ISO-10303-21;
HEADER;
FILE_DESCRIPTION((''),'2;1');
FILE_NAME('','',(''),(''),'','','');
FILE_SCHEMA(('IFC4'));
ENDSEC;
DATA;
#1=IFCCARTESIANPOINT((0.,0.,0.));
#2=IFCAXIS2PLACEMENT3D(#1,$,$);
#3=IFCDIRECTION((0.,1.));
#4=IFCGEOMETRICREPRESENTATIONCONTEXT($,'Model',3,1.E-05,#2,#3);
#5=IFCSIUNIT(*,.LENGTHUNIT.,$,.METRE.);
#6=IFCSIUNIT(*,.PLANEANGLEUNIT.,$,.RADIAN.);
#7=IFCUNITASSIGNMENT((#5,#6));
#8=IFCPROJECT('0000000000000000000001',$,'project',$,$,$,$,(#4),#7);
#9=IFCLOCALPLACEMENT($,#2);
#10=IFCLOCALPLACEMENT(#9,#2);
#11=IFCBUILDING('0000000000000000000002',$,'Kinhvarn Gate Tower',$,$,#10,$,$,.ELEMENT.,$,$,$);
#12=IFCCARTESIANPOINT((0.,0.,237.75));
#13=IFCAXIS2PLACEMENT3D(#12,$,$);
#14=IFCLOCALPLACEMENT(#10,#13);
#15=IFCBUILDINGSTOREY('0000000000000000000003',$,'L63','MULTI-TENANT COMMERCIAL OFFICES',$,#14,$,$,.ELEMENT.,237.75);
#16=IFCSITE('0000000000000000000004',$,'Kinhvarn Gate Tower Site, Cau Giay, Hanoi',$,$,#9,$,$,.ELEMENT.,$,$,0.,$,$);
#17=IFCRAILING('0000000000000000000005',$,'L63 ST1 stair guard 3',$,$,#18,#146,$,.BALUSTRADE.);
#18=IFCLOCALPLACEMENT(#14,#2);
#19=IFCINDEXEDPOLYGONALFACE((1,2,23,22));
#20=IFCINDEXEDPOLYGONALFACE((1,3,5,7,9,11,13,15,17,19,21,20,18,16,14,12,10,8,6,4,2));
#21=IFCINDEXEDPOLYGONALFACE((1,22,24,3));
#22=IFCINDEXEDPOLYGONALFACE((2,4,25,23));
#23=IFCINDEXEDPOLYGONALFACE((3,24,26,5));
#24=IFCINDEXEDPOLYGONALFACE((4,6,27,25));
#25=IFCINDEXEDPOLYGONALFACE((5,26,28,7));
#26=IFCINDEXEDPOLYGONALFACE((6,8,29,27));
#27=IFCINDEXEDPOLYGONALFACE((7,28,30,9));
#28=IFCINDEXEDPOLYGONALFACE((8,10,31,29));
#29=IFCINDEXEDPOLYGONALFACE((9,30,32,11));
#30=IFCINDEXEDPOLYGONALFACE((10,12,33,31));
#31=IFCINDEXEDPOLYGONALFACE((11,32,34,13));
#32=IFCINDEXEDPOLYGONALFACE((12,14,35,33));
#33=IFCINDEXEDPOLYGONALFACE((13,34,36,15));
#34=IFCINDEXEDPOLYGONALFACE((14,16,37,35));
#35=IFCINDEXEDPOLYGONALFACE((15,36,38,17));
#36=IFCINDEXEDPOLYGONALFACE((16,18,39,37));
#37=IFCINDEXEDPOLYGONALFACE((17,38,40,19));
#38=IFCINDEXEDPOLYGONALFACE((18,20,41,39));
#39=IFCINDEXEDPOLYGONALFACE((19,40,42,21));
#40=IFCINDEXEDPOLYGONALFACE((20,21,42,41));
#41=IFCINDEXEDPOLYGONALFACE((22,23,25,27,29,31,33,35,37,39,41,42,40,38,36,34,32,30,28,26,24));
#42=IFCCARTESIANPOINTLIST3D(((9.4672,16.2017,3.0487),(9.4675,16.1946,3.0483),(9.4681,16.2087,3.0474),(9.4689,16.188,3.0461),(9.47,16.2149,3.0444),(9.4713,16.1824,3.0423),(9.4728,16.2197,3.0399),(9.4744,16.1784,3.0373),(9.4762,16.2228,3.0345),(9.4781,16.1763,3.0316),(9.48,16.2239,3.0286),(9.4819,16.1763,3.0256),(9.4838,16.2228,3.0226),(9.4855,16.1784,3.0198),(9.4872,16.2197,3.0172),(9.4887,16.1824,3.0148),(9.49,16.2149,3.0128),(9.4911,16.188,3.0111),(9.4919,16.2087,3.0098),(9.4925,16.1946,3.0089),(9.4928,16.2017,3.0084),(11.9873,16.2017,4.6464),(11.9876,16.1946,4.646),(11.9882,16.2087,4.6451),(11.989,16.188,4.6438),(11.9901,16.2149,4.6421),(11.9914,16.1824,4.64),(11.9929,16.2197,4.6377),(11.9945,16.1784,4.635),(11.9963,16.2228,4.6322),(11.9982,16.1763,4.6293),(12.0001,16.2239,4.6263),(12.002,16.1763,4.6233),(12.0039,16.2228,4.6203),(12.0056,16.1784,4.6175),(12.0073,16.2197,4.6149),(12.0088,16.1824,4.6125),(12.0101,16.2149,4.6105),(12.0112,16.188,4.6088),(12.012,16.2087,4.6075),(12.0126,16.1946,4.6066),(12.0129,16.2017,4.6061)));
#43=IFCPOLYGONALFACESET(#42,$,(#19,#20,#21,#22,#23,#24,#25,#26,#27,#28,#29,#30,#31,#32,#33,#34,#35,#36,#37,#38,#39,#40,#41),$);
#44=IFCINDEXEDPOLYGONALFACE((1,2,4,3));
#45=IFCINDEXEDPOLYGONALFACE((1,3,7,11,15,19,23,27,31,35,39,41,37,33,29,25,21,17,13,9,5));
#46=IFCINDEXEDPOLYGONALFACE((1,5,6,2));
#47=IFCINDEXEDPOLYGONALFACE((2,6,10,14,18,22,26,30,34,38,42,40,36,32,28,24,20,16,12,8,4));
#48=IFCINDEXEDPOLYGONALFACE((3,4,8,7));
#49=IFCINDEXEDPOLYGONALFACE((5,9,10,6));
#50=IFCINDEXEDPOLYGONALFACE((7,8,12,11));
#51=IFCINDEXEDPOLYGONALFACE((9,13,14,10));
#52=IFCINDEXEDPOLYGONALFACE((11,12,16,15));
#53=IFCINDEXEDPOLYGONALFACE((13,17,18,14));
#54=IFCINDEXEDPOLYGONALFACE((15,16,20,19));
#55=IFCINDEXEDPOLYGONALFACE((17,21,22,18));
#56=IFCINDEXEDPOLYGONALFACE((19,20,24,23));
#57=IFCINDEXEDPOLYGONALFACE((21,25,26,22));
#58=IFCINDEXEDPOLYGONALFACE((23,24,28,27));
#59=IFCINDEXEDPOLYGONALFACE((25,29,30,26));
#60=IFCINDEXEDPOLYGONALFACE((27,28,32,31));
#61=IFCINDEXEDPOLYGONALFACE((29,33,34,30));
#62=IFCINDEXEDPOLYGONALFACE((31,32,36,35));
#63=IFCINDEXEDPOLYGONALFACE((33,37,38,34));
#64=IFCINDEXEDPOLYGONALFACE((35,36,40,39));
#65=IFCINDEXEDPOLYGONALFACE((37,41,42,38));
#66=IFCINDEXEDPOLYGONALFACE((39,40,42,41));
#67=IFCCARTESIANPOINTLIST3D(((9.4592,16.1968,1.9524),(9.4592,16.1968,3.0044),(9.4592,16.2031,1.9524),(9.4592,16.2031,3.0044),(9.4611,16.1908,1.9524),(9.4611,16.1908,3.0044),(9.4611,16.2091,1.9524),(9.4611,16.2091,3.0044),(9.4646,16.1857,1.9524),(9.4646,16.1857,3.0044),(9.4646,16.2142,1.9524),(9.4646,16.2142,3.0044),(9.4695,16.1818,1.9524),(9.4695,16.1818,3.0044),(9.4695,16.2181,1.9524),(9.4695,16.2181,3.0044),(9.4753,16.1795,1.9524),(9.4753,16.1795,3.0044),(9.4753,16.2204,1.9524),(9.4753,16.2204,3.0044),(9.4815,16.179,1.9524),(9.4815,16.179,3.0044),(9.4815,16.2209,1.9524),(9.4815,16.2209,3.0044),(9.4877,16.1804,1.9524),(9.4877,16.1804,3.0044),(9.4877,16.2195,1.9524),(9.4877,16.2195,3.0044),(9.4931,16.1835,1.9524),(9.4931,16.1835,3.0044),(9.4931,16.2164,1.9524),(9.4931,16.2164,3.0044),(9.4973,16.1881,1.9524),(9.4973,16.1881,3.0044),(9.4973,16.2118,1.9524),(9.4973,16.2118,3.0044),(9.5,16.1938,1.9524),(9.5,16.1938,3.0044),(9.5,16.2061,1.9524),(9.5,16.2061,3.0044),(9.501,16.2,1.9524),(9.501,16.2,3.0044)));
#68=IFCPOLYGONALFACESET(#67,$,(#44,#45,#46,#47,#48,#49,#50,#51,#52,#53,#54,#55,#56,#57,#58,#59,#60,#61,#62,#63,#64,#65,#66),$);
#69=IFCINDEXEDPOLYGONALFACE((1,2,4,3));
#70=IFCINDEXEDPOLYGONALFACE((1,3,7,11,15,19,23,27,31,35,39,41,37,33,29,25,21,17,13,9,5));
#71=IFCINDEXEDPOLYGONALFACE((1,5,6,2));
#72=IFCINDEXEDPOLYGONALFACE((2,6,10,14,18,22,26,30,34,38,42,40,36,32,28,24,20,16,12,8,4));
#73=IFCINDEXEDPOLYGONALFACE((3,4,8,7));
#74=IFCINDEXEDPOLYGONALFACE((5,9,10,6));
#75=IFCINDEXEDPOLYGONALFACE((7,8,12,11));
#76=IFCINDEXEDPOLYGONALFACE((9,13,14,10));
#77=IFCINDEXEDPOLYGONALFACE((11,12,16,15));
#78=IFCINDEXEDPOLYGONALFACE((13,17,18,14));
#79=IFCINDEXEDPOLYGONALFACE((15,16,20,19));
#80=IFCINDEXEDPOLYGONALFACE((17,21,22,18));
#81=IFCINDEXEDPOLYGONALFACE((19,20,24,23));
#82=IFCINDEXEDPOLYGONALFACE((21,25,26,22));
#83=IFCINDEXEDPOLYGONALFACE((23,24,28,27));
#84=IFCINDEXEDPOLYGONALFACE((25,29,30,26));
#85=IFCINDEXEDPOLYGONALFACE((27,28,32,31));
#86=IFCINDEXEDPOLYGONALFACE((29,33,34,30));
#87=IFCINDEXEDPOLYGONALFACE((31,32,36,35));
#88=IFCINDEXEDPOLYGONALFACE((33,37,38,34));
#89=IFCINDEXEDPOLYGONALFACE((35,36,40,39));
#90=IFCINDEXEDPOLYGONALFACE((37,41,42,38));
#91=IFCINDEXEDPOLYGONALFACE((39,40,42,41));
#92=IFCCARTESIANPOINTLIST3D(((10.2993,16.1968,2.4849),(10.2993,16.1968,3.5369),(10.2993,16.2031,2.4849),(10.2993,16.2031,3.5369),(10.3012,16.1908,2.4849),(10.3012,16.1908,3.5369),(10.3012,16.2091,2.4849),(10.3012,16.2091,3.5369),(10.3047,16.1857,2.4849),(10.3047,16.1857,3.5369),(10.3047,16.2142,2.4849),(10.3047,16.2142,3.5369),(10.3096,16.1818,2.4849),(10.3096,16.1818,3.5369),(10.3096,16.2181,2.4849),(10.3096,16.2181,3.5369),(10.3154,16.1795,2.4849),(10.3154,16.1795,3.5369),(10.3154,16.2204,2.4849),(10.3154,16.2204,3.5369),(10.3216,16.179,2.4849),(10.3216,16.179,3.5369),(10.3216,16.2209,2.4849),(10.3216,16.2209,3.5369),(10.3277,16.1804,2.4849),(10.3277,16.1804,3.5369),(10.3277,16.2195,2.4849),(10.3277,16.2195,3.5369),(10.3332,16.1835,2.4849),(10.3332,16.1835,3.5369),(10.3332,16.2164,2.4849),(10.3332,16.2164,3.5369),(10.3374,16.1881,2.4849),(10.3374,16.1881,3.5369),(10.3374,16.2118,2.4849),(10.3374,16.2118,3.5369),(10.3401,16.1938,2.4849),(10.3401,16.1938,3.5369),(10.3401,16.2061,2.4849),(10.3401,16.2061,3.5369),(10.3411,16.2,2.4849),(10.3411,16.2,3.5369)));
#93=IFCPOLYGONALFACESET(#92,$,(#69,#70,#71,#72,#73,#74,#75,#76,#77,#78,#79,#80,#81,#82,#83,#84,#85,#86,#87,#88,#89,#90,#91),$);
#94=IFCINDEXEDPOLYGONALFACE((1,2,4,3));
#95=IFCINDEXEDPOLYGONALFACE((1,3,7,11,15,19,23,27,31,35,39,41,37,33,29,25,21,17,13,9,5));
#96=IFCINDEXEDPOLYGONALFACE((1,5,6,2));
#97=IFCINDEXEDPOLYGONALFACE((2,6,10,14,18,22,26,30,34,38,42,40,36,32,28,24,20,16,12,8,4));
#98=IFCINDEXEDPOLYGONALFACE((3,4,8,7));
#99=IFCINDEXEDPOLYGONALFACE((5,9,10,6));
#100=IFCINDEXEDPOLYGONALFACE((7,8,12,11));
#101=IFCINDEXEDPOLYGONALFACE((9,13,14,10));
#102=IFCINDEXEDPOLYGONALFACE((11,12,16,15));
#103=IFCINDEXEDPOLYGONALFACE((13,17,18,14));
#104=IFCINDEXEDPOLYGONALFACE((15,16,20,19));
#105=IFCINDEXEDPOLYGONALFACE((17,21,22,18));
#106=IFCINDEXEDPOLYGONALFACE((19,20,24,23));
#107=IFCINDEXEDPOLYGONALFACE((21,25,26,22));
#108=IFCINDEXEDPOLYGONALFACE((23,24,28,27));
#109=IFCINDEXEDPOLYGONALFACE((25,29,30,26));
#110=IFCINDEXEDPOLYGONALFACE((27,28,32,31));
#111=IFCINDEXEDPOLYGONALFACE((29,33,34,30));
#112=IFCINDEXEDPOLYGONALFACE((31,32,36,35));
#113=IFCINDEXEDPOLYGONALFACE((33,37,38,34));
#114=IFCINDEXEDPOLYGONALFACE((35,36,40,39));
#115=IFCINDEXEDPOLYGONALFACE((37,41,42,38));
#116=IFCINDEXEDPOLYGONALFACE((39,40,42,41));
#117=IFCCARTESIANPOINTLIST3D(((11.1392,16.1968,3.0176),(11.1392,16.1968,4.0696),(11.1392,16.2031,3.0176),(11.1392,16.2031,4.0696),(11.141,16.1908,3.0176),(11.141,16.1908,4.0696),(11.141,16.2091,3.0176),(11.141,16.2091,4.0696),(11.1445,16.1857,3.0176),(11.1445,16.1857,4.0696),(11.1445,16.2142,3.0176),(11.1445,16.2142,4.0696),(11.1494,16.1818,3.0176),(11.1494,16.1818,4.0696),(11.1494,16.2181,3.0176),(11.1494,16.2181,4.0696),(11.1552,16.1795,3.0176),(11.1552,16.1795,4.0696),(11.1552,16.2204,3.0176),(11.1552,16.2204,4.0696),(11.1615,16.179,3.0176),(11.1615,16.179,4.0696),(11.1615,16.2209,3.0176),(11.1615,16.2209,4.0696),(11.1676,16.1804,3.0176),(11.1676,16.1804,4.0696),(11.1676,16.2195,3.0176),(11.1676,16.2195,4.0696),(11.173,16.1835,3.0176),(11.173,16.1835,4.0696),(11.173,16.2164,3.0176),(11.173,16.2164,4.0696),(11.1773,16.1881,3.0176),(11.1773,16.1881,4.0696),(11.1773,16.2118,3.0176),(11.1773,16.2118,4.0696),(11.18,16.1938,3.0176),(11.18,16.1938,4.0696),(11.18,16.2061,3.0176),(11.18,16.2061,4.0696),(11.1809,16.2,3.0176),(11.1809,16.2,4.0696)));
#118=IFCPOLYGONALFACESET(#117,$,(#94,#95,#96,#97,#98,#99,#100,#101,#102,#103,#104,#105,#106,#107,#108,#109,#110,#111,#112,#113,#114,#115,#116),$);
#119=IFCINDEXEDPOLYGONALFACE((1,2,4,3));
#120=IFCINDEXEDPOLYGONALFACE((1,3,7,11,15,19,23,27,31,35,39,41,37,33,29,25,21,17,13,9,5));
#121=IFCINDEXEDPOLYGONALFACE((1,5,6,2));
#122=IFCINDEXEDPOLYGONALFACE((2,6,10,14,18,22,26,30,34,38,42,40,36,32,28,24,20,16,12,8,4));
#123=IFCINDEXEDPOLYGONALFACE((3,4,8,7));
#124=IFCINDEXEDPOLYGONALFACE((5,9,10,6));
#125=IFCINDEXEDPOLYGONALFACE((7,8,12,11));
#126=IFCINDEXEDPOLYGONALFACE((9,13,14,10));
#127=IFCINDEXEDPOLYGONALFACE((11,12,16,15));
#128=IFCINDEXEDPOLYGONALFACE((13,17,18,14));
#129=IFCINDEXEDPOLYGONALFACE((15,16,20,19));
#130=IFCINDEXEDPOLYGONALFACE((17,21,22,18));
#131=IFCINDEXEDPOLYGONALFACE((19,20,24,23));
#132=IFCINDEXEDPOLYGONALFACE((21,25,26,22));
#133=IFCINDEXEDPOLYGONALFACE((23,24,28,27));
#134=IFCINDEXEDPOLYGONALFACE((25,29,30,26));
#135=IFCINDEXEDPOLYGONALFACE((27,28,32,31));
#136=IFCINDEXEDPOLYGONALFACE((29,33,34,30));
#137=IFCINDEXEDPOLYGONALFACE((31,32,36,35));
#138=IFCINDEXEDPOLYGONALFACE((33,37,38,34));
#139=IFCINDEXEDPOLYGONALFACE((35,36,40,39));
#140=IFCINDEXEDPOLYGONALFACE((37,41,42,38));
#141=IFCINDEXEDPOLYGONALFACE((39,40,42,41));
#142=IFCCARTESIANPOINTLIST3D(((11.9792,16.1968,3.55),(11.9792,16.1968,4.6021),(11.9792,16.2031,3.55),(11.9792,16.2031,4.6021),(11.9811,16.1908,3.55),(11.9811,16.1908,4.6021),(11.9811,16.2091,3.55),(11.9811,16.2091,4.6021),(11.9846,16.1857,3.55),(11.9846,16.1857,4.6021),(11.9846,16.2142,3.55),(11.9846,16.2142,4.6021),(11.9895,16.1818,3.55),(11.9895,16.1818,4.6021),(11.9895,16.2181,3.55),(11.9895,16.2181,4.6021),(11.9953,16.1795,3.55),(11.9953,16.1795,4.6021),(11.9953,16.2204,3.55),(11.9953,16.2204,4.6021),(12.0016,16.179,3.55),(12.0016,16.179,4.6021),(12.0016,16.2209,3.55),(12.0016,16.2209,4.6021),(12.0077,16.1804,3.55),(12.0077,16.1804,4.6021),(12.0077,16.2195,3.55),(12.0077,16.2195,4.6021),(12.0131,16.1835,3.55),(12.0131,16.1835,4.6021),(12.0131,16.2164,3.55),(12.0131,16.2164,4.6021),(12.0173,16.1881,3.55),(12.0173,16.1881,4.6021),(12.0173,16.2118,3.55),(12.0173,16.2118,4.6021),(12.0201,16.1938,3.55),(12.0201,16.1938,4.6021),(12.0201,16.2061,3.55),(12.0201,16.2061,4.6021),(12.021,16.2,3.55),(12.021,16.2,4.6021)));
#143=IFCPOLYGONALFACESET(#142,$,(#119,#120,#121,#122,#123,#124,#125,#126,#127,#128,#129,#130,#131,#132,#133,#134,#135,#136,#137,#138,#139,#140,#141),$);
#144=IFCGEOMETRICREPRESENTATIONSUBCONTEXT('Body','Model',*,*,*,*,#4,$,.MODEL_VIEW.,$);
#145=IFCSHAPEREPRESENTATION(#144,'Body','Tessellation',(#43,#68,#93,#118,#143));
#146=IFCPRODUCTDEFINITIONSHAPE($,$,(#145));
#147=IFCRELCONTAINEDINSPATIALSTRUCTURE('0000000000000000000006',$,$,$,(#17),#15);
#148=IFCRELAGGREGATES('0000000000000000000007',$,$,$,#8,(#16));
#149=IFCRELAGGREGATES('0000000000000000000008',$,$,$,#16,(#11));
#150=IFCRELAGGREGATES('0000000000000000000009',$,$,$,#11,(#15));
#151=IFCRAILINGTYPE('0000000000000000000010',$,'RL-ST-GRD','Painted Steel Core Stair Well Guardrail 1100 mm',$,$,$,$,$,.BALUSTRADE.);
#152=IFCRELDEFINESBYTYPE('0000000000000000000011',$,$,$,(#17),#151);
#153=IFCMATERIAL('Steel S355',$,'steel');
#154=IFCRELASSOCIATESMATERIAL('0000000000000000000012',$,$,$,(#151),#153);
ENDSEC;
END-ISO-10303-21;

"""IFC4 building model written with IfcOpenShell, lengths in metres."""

from ifc_helpers import new_model, si_unit, direction, frame, origin, origin_2d, place, context, subcontext, project, spatial, circle, extrude, material, type_object, element, save


model = new_model("IFC4")

# Units and contexts
model_context = context("Model", 3, precision=1e-05, world=origin(), true_north=direction((0.0, 1.0)))
body_context = subcontext(model_context, "Body", "Model", "MODEL_VIEW")
ifc_project = project(units=[si_unit("LENGTHUNIT", "METRE"), si_unit("PLANEANGLEUNIT", "RADIAN")], contexts=[model_context])

# Site, building, storey
site_placement = place(None, origin())
site = spatial("IfcSite", under=ifc_project, at=site_placement, Name="Kinhvarn Gate Tower Site, Cau Giay, Hanoi", CompositionType="ELEMENT", RefElevation=0.0)
building_placement = place(site_placement, origin())
building = spatial("IfcBuilding", under=site, at=building_placement, Name="Kinhvarn Gate Tower", CompositionType="ELEMENT")
storey_placement = place(building_placement, frame((0.0, 0.0, 237.75)))
storey = spatial("IfcBuildingStorey", under=building, at=storey_placement, Name="L63", Description="MULTI-TENANT COMMERCIAL OFFICES", CompositionType="ELEMENT", Elevation=237.75)

# Shared definitions
ifc_material_1 = material(Name="Steel S355", Category="steel")

# Railing
railing_type_1 = type_object("IfcRailingType", Name="RL-ST-GRD", Description="Painted Steel Core Stair Well Guardrail 1100 mm", PredefinedType="BALUSTRADE", material=ifc_material_1)
railing_1_placement = place(storey_placement, frame((9.48, 16.2, 1.9524)))
element("IfcRailing", 1, at=railing_1_placement, inside=storey, type_object=railing_type_1, Name="L63 ST1 stair guard 3", PredefinedType="BALUSTRADE", context=body_context, shape_type="SweptSolid", body=[
    extrude(circle(Radius=0.0239, at=origin_2d()), frame((0.0, 0.0, 1.0762), z_axis=(0.84457, 0.0, 0.535445), x_axis=(0.0, 1.0, 0.0)), (0.0, 0.0, 1.0), 2.9839),
    extrude(circle(Radius=0.021, at=origin_2d()), origin(), (0.0, 0.0, 1.0), 1.052),
    extrude(circle(Radius=0.021, at=origin_2d()), frame((0.8401, 0.0, 0.5325)), (0.0, 0.0, 1.0), 1.052),
    extrude(circle(Radius=0.021, at=origin_2d()), frame((1.6799, 0.0, 1.0652)), (0.0, 0.0, 1.0), 1.052),
    extrude(circle(Radius=0.021, at=origin_2d()), frame((2.52, 0.0, 1.5977)), (0.0, 0.0, 1.0), 1.052),
])

save(model, "model.ifc")
